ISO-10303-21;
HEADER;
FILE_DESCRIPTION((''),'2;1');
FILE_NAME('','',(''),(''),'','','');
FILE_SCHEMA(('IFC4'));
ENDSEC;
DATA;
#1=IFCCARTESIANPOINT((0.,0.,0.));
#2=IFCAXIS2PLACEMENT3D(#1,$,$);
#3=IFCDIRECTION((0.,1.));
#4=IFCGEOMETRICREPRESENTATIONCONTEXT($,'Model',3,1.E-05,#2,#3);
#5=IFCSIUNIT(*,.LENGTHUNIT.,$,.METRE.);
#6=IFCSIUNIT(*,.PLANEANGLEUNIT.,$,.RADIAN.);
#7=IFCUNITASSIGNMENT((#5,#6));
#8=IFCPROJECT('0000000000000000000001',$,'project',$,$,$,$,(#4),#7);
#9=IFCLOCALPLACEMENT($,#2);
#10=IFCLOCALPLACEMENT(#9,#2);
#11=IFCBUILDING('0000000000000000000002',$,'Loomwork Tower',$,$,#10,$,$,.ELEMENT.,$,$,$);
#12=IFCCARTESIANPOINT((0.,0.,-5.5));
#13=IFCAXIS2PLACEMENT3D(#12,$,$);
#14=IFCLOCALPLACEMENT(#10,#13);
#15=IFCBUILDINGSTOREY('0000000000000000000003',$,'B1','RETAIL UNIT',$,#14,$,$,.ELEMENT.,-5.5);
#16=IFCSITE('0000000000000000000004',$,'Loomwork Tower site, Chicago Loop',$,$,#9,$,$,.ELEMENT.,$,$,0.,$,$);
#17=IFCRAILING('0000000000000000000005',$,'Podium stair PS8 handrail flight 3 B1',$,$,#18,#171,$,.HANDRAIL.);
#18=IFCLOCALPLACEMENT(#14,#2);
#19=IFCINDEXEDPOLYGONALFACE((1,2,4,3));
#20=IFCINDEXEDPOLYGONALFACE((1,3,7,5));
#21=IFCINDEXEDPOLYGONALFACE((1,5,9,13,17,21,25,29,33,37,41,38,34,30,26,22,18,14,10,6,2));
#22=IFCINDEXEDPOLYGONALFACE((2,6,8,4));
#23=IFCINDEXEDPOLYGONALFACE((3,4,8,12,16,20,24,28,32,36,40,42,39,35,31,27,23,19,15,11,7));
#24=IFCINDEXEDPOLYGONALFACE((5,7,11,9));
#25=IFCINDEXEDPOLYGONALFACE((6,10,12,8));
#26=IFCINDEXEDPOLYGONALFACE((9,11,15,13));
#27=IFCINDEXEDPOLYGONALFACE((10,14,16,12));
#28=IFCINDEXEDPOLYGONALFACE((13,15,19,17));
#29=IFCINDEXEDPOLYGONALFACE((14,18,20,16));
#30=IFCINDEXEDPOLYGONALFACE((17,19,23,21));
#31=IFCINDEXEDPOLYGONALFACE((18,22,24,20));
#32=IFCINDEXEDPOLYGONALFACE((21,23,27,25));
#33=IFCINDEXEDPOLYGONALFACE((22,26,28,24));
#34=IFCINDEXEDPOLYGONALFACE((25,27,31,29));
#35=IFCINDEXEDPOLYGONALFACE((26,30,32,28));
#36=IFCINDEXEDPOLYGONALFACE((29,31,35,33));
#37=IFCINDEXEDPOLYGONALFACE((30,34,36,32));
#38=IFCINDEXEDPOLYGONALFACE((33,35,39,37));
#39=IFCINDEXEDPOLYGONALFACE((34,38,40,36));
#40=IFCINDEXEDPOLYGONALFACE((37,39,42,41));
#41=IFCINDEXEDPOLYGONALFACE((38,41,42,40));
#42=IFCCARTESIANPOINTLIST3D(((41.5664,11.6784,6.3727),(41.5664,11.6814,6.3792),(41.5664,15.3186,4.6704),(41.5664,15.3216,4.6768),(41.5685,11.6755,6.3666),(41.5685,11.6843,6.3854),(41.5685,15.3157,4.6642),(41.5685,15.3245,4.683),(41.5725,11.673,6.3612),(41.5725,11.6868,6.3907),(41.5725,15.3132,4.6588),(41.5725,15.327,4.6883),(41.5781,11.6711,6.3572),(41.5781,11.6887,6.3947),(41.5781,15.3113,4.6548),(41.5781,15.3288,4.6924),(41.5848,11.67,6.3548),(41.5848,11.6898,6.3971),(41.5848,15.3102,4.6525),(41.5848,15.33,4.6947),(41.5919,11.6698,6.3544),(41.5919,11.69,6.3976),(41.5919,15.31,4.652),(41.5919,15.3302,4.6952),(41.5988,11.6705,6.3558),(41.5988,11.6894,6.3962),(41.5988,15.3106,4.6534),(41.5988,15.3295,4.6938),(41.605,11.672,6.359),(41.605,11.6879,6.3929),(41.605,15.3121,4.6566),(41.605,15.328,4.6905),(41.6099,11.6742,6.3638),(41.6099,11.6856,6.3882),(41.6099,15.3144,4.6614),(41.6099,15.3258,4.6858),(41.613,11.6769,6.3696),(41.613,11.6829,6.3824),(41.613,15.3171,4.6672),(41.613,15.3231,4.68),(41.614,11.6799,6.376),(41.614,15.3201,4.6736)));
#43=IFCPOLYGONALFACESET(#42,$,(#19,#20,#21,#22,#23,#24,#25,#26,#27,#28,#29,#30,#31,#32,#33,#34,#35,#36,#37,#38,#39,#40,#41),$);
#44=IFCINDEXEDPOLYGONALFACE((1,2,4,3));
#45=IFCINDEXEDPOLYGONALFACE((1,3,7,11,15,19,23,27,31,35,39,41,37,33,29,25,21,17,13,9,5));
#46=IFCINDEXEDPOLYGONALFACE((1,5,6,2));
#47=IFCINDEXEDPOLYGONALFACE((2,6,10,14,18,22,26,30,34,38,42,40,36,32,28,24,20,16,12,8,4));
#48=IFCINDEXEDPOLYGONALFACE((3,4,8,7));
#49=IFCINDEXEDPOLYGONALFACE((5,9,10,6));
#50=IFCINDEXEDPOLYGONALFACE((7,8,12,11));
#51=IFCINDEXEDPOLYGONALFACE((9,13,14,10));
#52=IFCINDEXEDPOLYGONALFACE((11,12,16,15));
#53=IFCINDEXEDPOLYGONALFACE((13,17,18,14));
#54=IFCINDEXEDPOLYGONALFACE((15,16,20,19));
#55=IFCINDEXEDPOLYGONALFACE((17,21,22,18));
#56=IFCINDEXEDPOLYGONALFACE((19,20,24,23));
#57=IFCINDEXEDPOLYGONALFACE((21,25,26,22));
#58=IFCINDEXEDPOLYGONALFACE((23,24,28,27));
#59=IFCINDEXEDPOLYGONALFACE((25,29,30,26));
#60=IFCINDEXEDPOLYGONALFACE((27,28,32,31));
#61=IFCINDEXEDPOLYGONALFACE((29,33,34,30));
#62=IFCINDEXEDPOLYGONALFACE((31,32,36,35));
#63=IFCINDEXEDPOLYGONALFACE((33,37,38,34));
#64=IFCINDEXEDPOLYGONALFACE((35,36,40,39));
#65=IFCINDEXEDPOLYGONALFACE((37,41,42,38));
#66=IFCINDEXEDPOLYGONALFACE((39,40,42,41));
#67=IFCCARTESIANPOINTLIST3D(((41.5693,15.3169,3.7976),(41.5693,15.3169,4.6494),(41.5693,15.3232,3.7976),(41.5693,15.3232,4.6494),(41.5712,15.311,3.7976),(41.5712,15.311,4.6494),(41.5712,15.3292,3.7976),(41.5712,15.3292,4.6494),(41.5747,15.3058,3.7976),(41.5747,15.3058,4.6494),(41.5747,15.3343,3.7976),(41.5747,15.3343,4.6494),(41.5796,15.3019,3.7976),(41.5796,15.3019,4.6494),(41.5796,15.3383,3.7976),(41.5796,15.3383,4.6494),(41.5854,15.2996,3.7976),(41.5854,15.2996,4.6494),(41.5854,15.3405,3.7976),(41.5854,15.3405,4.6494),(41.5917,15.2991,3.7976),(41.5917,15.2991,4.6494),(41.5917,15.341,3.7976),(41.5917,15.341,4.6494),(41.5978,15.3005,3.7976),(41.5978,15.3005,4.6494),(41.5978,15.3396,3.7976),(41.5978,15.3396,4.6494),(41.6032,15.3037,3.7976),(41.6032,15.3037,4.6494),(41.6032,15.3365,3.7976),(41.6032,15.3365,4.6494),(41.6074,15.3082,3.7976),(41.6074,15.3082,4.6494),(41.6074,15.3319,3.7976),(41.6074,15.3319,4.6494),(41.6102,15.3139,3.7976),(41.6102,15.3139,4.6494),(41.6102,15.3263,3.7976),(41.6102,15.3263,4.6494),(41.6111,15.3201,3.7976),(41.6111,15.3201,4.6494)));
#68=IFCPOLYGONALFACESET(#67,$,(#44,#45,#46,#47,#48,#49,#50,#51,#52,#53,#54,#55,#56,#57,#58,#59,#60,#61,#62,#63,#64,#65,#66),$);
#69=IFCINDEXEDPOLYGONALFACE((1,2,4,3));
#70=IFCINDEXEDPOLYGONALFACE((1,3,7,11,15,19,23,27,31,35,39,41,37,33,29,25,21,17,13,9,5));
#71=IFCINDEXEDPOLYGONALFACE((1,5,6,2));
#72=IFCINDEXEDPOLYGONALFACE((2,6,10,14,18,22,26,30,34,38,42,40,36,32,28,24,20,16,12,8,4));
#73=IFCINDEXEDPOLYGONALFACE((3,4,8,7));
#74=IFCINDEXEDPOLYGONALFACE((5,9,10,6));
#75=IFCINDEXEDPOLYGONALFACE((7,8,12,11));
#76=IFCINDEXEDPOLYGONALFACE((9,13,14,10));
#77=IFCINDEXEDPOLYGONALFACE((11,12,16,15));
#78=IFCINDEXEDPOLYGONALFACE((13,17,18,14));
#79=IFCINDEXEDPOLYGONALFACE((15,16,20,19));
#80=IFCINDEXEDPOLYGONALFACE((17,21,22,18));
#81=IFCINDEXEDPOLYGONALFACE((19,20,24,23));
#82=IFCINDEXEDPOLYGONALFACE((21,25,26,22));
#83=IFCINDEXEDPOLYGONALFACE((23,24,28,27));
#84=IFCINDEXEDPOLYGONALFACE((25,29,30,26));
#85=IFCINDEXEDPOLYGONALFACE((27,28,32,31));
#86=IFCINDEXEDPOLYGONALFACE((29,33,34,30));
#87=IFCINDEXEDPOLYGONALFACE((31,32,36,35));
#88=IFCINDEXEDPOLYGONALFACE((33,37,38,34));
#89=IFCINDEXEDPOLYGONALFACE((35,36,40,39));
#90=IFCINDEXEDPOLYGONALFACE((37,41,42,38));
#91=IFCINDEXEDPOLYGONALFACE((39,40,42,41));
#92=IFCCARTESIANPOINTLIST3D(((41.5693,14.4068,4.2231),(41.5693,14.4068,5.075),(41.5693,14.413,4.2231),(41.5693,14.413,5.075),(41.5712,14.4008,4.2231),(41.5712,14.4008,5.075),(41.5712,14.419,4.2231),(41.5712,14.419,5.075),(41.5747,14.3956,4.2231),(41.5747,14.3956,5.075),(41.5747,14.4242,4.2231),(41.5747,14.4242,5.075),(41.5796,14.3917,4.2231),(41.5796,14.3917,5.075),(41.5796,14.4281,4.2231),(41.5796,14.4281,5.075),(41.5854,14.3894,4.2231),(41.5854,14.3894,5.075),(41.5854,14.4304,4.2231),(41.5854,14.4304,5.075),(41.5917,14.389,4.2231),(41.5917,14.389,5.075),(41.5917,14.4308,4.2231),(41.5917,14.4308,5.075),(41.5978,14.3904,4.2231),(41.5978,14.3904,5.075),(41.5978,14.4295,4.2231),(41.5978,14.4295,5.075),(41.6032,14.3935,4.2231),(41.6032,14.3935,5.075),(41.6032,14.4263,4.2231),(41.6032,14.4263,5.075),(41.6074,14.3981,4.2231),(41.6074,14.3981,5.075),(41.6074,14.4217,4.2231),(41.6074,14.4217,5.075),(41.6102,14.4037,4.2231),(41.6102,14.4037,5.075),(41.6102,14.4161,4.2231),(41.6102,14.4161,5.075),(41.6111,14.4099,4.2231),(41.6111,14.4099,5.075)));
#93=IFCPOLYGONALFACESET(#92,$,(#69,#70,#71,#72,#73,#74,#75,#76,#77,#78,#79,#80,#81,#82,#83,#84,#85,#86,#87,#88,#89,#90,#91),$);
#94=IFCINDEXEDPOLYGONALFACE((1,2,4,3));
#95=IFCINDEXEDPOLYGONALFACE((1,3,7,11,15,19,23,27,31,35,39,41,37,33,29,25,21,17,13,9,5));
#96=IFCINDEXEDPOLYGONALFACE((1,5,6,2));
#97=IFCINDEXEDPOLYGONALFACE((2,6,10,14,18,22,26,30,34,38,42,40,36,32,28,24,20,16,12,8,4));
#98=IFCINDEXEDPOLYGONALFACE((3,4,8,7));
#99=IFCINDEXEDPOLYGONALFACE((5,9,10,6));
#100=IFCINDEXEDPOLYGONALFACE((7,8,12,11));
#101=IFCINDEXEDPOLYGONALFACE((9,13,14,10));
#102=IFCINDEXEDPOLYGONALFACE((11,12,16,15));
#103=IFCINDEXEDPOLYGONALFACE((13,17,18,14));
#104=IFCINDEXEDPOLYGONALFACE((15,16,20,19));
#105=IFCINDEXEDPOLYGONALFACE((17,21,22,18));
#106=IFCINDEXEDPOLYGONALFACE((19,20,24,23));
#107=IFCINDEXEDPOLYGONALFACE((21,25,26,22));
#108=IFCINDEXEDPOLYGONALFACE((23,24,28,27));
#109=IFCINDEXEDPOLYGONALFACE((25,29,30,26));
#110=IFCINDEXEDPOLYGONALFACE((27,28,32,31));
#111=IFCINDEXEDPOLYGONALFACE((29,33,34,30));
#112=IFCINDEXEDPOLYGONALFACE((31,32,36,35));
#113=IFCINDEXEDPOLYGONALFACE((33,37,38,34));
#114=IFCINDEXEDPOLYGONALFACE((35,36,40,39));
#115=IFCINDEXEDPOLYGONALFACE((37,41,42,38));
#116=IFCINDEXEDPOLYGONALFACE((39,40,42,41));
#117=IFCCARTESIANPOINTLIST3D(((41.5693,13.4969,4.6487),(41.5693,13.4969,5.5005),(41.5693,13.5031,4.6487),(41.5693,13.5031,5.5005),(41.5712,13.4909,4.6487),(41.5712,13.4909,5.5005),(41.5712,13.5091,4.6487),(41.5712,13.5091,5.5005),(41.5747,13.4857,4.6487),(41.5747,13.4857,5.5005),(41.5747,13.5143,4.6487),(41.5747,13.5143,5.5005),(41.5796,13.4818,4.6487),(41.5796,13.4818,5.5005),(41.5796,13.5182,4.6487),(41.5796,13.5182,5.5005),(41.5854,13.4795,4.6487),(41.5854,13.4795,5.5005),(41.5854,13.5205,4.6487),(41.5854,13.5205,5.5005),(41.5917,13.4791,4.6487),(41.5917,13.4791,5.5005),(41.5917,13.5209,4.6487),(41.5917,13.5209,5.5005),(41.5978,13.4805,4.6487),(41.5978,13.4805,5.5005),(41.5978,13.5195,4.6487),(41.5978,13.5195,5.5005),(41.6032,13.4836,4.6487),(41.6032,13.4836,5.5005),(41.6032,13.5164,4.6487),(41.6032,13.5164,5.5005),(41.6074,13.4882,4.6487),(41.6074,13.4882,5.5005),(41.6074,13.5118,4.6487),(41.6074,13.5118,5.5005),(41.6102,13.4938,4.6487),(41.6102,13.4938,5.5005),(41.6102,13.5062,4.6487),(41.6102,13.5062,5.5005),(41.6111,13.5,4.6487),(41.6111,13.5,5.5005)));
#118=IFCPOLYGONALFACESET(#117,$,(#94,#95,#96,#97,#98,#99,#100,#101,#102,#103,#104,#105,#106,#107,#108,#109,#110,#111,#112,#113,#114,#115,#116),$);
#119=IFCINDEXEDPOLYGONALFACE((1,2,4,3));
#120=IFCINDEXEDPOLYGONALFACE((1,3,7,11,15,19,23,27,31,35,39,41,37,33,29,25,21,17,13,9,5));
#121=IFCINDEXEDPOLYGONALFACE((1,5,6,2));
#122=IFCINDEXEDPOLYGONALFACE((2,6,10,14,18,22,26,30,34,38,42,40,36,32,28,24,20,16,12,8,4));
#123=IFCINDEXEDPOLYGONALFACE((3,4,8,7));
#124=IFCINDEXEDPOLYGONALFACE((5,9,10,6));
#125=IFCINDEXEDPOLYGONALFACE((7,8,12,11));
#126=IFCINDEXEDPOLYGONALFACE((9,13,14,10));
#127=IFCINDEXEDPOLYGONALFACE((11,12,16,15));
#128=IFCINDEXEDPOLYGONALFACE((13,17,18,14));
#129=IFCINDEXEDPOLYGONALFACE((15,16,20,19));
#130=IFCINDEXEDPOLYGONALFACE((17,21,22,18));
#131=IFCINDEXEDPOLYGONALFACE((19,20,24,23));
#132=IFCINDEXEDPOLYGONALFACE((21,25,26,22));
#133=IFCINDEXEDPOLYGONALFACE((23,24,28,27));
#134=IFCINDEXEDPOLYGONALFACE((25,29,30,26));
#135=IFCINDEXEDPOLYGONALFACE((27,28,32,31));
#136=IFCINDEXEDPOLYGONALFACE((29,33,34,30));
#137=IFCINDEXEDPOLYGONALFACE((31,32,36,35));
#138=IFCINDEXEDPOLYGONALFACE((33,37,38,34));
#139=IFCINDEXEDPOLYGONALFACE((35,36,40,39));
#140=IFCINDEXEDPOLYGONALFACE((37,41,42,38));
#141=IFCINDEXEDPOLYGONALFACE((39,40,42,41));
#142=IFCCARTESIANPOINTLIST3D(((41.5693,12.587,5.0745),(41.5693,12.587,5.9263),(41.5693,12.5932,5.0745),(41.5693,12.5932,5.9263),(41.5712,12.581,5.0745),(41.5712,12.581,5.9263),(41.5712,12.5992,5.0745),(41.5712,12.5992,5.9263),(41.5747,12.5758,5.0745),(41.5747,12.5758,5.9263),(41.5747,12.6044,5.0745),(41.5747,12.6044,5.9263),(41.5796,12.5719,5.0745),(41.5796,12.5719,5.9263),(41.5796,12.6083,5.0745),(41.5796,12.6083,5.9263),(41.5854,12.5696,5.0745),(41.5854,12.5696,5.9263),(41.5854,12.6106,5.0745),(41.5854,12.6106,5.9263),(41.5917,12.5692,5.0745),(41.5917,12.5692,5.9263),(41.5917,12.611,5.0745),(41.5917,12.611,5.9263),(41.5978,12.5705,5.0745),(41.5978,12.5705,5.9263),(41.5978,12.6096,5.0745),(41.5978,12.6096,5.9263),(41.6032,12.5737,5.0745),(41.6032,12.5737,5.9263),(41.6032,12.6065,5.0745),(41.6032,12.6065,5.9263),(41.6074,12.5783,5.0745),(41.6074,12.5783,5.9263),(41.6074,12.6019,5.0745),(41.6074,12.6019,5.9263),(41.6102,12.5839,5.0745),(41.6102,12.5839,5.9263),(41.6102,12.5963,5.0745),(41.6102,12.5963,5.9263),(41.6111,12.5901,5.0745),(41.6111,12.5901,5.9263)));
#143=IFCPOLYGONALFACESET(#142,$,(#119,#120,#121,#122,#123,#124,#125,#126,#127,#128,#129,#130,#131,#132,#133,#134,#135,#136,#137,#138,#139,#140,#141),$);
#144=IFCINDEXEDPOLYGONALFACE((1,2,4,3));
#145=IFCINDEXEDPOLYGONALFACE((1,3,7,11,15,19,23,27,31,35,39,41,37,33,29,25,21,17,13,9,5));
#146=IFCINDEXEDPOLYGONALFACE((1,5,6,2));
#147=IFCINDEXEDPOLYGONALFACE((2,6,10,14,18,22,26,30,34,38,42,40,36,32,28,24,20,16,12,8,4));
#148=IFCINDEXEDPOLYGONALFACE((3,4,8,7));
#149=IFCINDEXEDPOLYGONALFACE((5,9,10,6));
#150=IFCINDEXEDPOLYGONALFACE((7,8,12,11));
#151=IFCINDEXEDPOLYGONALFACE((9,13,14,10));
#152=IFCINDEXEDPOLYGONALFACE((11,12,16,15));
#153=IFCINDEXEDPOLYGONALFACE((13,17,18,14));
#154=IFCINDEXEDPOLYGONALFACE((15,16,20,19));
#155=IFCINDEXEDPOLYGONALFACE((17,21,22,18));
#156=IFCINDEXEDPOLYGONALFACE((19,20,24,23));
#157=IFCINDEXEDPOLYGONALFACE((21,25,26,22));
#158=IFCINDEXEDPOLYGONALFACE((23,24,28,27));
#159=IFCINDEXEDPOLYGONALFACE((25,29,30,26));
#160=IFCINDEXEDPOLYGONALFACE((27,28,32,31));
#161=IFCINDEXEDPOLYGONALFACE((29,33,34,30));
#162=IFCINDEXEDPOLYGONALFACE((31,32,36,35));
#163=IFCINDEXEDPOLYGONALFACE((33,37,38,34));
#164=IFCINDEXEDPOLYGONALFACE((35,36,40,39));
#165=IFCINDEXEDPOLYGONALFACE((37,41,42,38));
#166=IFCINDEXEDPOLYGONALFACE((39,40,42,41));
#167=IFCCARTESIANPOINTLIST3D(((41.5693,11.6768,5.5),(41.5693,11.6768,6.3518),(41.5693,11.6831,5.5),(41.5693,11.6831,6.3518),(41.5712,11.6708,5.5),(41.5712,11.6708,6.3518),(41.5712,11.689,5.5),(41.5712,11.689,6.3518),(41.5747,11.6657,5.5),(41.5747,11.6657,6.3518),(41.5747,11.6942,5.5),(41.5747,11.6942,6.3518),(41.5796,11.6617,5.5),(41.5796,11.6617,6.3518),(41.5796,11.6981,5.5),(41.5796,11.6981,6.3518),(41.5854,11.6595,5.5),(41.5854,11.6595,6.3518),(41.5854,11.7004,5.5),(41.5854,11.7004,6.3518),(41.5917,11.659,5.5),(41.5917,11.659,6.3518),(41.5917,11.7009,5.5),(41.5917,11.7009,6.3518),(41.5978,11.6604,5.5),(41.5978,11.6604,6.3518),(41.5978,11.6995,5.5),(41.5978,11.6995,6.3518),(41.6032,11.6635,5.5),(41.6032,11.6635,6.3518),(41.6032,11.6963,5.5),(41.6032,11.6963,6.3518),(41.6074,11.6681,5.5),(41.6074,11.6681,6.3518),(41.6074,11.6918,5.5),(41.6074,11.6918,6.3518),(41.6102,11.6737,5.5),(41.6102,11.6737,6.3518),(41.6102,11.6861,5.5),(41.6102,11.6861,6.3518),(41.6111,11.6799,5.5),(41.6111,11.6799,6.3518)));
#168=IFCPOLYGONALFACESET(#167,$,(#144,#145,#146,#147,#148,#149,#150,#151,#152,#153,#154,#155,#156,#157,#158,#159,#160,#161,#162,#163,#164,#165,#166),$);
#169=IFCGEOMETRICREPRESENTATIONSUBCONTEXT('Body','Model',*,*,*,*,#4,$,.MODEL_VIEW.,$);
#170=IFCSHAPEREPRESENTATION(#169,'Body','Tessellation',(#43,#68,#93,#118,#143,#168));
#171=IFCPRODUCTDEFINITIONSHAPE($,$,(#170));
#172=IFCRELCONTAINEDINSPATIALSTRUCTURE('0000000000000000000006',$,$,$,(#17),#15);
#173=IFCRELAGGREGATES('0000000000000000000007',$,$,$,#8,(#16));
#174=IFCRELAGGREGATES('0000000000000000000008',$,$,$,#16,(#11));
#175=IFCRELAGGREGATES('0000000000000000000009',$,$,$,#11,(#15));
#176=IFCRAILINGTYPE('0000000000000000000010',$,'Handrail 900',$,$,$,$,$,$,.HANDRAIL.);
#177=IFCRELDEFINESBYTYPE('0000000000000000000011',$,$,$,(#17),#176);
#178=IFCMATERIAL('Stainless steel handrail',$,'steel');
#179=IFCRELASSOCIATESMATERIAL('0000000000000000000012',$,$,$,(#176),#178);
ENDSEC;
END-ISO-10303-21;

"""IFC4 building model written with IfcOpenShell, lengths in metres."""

from ifc_helpers import new_model, si_unit, direction, frame, origin, origin_2d, place, context, subcontext, project, spatial, circle, extrude, material, type_object, element, save


model = new_model("IFC4")

# Units and contexts
model_context = context("Model", 3, precision=1e-05, world=origin(), true_north=direction((0.0, 1.0)))
body_context = subcontext(model_context, "Body", "Model", "MODEL_VIEW")
ifc_project = project(units=[si_unit("LENGTHUNIT", "METRE"), si_unit("PLANEANGLEUNIT", "RADIAN")], contexts=[model_context])

# Site, building, storey
site_placement = place(None, origin())
site = spatial("IfcSite", under=ifc_project, at=site_placement, Name="Loomwork Tower site, Chicago Loop", CompositionType="ELEMENT", RefElevation=0.0)
building_placement = place(site_placement, origin())
building = spatial("IfcBuilding", under=site, at=building_placement, Name="Loomwork Tower", CompositionType="ELEMENT")
storey_placement = place(building_placement, frame((0.0, 0.0, -5.5)))
storey = spatial("IfcBuildingStorey", under=building, at=storey_placement, Name="B1", Description="RETAIL UNIT", CompositionType="ELEMENT", Elevation=-5.5)

# Railing
ifc_material_1 = material(Name="Stainless steel handrail", Category="steel")
railing_type = type_object("IfcRailingType", Name="Handrail 900", PredefinedType="HANDRAIL", material=ifc_material_1)
railing_1_placement = place(storey_placement, frame((41.5901, 15.3201, 3.7976)))
element("IfcRailing", 1, at=railing_1_placement, inside=storey, type_object=railing_type, Name="Podium stair PS8 handrail flight 3 B1", PredefinedType="HANDRAIL", context=body_context, shape_type="SweptSolid", body=[
    extrude(circle(Radius=0.0239, at=origin_2d()), frame((0.0, 0.0, 0.876), z_axis=(0.0, -0.905834, 0.423634), x_axis=(1.0, 0.0, 0.0)), (0.0, 0.0, 1.0), 4.0186),
    extrude(circle(Radius=0.021, at=origin_2d()), origin(), (0.0, 0.0, 1.0), 0.8518),
    extrude(circle(Radius=0.021, at=origin_2d()), frame((0.0, -0.9102, 0.4255)), (0.0, 0.0, 1.0), 0.8518),
    extrude(circle(Radius=0.021, at=origin_2d()), frame((0.0, -1.8201, 0.8511)), (0.0, 0.0, 1.0), 0.8518),
    extrude(circle(Radius=0.021, at=origin_2d()), frame((0.0, -2.73, 1.2769)), (0.0, 0.0, 1.0), 0.8518),
    extrude(circle(Radius=0.021, at=origin_2d()), frame((0.0, -3.6401, 1.7024)), (0.0, 0.0, 1.0), 0.8518),
])

save(model, "model.ifc")
